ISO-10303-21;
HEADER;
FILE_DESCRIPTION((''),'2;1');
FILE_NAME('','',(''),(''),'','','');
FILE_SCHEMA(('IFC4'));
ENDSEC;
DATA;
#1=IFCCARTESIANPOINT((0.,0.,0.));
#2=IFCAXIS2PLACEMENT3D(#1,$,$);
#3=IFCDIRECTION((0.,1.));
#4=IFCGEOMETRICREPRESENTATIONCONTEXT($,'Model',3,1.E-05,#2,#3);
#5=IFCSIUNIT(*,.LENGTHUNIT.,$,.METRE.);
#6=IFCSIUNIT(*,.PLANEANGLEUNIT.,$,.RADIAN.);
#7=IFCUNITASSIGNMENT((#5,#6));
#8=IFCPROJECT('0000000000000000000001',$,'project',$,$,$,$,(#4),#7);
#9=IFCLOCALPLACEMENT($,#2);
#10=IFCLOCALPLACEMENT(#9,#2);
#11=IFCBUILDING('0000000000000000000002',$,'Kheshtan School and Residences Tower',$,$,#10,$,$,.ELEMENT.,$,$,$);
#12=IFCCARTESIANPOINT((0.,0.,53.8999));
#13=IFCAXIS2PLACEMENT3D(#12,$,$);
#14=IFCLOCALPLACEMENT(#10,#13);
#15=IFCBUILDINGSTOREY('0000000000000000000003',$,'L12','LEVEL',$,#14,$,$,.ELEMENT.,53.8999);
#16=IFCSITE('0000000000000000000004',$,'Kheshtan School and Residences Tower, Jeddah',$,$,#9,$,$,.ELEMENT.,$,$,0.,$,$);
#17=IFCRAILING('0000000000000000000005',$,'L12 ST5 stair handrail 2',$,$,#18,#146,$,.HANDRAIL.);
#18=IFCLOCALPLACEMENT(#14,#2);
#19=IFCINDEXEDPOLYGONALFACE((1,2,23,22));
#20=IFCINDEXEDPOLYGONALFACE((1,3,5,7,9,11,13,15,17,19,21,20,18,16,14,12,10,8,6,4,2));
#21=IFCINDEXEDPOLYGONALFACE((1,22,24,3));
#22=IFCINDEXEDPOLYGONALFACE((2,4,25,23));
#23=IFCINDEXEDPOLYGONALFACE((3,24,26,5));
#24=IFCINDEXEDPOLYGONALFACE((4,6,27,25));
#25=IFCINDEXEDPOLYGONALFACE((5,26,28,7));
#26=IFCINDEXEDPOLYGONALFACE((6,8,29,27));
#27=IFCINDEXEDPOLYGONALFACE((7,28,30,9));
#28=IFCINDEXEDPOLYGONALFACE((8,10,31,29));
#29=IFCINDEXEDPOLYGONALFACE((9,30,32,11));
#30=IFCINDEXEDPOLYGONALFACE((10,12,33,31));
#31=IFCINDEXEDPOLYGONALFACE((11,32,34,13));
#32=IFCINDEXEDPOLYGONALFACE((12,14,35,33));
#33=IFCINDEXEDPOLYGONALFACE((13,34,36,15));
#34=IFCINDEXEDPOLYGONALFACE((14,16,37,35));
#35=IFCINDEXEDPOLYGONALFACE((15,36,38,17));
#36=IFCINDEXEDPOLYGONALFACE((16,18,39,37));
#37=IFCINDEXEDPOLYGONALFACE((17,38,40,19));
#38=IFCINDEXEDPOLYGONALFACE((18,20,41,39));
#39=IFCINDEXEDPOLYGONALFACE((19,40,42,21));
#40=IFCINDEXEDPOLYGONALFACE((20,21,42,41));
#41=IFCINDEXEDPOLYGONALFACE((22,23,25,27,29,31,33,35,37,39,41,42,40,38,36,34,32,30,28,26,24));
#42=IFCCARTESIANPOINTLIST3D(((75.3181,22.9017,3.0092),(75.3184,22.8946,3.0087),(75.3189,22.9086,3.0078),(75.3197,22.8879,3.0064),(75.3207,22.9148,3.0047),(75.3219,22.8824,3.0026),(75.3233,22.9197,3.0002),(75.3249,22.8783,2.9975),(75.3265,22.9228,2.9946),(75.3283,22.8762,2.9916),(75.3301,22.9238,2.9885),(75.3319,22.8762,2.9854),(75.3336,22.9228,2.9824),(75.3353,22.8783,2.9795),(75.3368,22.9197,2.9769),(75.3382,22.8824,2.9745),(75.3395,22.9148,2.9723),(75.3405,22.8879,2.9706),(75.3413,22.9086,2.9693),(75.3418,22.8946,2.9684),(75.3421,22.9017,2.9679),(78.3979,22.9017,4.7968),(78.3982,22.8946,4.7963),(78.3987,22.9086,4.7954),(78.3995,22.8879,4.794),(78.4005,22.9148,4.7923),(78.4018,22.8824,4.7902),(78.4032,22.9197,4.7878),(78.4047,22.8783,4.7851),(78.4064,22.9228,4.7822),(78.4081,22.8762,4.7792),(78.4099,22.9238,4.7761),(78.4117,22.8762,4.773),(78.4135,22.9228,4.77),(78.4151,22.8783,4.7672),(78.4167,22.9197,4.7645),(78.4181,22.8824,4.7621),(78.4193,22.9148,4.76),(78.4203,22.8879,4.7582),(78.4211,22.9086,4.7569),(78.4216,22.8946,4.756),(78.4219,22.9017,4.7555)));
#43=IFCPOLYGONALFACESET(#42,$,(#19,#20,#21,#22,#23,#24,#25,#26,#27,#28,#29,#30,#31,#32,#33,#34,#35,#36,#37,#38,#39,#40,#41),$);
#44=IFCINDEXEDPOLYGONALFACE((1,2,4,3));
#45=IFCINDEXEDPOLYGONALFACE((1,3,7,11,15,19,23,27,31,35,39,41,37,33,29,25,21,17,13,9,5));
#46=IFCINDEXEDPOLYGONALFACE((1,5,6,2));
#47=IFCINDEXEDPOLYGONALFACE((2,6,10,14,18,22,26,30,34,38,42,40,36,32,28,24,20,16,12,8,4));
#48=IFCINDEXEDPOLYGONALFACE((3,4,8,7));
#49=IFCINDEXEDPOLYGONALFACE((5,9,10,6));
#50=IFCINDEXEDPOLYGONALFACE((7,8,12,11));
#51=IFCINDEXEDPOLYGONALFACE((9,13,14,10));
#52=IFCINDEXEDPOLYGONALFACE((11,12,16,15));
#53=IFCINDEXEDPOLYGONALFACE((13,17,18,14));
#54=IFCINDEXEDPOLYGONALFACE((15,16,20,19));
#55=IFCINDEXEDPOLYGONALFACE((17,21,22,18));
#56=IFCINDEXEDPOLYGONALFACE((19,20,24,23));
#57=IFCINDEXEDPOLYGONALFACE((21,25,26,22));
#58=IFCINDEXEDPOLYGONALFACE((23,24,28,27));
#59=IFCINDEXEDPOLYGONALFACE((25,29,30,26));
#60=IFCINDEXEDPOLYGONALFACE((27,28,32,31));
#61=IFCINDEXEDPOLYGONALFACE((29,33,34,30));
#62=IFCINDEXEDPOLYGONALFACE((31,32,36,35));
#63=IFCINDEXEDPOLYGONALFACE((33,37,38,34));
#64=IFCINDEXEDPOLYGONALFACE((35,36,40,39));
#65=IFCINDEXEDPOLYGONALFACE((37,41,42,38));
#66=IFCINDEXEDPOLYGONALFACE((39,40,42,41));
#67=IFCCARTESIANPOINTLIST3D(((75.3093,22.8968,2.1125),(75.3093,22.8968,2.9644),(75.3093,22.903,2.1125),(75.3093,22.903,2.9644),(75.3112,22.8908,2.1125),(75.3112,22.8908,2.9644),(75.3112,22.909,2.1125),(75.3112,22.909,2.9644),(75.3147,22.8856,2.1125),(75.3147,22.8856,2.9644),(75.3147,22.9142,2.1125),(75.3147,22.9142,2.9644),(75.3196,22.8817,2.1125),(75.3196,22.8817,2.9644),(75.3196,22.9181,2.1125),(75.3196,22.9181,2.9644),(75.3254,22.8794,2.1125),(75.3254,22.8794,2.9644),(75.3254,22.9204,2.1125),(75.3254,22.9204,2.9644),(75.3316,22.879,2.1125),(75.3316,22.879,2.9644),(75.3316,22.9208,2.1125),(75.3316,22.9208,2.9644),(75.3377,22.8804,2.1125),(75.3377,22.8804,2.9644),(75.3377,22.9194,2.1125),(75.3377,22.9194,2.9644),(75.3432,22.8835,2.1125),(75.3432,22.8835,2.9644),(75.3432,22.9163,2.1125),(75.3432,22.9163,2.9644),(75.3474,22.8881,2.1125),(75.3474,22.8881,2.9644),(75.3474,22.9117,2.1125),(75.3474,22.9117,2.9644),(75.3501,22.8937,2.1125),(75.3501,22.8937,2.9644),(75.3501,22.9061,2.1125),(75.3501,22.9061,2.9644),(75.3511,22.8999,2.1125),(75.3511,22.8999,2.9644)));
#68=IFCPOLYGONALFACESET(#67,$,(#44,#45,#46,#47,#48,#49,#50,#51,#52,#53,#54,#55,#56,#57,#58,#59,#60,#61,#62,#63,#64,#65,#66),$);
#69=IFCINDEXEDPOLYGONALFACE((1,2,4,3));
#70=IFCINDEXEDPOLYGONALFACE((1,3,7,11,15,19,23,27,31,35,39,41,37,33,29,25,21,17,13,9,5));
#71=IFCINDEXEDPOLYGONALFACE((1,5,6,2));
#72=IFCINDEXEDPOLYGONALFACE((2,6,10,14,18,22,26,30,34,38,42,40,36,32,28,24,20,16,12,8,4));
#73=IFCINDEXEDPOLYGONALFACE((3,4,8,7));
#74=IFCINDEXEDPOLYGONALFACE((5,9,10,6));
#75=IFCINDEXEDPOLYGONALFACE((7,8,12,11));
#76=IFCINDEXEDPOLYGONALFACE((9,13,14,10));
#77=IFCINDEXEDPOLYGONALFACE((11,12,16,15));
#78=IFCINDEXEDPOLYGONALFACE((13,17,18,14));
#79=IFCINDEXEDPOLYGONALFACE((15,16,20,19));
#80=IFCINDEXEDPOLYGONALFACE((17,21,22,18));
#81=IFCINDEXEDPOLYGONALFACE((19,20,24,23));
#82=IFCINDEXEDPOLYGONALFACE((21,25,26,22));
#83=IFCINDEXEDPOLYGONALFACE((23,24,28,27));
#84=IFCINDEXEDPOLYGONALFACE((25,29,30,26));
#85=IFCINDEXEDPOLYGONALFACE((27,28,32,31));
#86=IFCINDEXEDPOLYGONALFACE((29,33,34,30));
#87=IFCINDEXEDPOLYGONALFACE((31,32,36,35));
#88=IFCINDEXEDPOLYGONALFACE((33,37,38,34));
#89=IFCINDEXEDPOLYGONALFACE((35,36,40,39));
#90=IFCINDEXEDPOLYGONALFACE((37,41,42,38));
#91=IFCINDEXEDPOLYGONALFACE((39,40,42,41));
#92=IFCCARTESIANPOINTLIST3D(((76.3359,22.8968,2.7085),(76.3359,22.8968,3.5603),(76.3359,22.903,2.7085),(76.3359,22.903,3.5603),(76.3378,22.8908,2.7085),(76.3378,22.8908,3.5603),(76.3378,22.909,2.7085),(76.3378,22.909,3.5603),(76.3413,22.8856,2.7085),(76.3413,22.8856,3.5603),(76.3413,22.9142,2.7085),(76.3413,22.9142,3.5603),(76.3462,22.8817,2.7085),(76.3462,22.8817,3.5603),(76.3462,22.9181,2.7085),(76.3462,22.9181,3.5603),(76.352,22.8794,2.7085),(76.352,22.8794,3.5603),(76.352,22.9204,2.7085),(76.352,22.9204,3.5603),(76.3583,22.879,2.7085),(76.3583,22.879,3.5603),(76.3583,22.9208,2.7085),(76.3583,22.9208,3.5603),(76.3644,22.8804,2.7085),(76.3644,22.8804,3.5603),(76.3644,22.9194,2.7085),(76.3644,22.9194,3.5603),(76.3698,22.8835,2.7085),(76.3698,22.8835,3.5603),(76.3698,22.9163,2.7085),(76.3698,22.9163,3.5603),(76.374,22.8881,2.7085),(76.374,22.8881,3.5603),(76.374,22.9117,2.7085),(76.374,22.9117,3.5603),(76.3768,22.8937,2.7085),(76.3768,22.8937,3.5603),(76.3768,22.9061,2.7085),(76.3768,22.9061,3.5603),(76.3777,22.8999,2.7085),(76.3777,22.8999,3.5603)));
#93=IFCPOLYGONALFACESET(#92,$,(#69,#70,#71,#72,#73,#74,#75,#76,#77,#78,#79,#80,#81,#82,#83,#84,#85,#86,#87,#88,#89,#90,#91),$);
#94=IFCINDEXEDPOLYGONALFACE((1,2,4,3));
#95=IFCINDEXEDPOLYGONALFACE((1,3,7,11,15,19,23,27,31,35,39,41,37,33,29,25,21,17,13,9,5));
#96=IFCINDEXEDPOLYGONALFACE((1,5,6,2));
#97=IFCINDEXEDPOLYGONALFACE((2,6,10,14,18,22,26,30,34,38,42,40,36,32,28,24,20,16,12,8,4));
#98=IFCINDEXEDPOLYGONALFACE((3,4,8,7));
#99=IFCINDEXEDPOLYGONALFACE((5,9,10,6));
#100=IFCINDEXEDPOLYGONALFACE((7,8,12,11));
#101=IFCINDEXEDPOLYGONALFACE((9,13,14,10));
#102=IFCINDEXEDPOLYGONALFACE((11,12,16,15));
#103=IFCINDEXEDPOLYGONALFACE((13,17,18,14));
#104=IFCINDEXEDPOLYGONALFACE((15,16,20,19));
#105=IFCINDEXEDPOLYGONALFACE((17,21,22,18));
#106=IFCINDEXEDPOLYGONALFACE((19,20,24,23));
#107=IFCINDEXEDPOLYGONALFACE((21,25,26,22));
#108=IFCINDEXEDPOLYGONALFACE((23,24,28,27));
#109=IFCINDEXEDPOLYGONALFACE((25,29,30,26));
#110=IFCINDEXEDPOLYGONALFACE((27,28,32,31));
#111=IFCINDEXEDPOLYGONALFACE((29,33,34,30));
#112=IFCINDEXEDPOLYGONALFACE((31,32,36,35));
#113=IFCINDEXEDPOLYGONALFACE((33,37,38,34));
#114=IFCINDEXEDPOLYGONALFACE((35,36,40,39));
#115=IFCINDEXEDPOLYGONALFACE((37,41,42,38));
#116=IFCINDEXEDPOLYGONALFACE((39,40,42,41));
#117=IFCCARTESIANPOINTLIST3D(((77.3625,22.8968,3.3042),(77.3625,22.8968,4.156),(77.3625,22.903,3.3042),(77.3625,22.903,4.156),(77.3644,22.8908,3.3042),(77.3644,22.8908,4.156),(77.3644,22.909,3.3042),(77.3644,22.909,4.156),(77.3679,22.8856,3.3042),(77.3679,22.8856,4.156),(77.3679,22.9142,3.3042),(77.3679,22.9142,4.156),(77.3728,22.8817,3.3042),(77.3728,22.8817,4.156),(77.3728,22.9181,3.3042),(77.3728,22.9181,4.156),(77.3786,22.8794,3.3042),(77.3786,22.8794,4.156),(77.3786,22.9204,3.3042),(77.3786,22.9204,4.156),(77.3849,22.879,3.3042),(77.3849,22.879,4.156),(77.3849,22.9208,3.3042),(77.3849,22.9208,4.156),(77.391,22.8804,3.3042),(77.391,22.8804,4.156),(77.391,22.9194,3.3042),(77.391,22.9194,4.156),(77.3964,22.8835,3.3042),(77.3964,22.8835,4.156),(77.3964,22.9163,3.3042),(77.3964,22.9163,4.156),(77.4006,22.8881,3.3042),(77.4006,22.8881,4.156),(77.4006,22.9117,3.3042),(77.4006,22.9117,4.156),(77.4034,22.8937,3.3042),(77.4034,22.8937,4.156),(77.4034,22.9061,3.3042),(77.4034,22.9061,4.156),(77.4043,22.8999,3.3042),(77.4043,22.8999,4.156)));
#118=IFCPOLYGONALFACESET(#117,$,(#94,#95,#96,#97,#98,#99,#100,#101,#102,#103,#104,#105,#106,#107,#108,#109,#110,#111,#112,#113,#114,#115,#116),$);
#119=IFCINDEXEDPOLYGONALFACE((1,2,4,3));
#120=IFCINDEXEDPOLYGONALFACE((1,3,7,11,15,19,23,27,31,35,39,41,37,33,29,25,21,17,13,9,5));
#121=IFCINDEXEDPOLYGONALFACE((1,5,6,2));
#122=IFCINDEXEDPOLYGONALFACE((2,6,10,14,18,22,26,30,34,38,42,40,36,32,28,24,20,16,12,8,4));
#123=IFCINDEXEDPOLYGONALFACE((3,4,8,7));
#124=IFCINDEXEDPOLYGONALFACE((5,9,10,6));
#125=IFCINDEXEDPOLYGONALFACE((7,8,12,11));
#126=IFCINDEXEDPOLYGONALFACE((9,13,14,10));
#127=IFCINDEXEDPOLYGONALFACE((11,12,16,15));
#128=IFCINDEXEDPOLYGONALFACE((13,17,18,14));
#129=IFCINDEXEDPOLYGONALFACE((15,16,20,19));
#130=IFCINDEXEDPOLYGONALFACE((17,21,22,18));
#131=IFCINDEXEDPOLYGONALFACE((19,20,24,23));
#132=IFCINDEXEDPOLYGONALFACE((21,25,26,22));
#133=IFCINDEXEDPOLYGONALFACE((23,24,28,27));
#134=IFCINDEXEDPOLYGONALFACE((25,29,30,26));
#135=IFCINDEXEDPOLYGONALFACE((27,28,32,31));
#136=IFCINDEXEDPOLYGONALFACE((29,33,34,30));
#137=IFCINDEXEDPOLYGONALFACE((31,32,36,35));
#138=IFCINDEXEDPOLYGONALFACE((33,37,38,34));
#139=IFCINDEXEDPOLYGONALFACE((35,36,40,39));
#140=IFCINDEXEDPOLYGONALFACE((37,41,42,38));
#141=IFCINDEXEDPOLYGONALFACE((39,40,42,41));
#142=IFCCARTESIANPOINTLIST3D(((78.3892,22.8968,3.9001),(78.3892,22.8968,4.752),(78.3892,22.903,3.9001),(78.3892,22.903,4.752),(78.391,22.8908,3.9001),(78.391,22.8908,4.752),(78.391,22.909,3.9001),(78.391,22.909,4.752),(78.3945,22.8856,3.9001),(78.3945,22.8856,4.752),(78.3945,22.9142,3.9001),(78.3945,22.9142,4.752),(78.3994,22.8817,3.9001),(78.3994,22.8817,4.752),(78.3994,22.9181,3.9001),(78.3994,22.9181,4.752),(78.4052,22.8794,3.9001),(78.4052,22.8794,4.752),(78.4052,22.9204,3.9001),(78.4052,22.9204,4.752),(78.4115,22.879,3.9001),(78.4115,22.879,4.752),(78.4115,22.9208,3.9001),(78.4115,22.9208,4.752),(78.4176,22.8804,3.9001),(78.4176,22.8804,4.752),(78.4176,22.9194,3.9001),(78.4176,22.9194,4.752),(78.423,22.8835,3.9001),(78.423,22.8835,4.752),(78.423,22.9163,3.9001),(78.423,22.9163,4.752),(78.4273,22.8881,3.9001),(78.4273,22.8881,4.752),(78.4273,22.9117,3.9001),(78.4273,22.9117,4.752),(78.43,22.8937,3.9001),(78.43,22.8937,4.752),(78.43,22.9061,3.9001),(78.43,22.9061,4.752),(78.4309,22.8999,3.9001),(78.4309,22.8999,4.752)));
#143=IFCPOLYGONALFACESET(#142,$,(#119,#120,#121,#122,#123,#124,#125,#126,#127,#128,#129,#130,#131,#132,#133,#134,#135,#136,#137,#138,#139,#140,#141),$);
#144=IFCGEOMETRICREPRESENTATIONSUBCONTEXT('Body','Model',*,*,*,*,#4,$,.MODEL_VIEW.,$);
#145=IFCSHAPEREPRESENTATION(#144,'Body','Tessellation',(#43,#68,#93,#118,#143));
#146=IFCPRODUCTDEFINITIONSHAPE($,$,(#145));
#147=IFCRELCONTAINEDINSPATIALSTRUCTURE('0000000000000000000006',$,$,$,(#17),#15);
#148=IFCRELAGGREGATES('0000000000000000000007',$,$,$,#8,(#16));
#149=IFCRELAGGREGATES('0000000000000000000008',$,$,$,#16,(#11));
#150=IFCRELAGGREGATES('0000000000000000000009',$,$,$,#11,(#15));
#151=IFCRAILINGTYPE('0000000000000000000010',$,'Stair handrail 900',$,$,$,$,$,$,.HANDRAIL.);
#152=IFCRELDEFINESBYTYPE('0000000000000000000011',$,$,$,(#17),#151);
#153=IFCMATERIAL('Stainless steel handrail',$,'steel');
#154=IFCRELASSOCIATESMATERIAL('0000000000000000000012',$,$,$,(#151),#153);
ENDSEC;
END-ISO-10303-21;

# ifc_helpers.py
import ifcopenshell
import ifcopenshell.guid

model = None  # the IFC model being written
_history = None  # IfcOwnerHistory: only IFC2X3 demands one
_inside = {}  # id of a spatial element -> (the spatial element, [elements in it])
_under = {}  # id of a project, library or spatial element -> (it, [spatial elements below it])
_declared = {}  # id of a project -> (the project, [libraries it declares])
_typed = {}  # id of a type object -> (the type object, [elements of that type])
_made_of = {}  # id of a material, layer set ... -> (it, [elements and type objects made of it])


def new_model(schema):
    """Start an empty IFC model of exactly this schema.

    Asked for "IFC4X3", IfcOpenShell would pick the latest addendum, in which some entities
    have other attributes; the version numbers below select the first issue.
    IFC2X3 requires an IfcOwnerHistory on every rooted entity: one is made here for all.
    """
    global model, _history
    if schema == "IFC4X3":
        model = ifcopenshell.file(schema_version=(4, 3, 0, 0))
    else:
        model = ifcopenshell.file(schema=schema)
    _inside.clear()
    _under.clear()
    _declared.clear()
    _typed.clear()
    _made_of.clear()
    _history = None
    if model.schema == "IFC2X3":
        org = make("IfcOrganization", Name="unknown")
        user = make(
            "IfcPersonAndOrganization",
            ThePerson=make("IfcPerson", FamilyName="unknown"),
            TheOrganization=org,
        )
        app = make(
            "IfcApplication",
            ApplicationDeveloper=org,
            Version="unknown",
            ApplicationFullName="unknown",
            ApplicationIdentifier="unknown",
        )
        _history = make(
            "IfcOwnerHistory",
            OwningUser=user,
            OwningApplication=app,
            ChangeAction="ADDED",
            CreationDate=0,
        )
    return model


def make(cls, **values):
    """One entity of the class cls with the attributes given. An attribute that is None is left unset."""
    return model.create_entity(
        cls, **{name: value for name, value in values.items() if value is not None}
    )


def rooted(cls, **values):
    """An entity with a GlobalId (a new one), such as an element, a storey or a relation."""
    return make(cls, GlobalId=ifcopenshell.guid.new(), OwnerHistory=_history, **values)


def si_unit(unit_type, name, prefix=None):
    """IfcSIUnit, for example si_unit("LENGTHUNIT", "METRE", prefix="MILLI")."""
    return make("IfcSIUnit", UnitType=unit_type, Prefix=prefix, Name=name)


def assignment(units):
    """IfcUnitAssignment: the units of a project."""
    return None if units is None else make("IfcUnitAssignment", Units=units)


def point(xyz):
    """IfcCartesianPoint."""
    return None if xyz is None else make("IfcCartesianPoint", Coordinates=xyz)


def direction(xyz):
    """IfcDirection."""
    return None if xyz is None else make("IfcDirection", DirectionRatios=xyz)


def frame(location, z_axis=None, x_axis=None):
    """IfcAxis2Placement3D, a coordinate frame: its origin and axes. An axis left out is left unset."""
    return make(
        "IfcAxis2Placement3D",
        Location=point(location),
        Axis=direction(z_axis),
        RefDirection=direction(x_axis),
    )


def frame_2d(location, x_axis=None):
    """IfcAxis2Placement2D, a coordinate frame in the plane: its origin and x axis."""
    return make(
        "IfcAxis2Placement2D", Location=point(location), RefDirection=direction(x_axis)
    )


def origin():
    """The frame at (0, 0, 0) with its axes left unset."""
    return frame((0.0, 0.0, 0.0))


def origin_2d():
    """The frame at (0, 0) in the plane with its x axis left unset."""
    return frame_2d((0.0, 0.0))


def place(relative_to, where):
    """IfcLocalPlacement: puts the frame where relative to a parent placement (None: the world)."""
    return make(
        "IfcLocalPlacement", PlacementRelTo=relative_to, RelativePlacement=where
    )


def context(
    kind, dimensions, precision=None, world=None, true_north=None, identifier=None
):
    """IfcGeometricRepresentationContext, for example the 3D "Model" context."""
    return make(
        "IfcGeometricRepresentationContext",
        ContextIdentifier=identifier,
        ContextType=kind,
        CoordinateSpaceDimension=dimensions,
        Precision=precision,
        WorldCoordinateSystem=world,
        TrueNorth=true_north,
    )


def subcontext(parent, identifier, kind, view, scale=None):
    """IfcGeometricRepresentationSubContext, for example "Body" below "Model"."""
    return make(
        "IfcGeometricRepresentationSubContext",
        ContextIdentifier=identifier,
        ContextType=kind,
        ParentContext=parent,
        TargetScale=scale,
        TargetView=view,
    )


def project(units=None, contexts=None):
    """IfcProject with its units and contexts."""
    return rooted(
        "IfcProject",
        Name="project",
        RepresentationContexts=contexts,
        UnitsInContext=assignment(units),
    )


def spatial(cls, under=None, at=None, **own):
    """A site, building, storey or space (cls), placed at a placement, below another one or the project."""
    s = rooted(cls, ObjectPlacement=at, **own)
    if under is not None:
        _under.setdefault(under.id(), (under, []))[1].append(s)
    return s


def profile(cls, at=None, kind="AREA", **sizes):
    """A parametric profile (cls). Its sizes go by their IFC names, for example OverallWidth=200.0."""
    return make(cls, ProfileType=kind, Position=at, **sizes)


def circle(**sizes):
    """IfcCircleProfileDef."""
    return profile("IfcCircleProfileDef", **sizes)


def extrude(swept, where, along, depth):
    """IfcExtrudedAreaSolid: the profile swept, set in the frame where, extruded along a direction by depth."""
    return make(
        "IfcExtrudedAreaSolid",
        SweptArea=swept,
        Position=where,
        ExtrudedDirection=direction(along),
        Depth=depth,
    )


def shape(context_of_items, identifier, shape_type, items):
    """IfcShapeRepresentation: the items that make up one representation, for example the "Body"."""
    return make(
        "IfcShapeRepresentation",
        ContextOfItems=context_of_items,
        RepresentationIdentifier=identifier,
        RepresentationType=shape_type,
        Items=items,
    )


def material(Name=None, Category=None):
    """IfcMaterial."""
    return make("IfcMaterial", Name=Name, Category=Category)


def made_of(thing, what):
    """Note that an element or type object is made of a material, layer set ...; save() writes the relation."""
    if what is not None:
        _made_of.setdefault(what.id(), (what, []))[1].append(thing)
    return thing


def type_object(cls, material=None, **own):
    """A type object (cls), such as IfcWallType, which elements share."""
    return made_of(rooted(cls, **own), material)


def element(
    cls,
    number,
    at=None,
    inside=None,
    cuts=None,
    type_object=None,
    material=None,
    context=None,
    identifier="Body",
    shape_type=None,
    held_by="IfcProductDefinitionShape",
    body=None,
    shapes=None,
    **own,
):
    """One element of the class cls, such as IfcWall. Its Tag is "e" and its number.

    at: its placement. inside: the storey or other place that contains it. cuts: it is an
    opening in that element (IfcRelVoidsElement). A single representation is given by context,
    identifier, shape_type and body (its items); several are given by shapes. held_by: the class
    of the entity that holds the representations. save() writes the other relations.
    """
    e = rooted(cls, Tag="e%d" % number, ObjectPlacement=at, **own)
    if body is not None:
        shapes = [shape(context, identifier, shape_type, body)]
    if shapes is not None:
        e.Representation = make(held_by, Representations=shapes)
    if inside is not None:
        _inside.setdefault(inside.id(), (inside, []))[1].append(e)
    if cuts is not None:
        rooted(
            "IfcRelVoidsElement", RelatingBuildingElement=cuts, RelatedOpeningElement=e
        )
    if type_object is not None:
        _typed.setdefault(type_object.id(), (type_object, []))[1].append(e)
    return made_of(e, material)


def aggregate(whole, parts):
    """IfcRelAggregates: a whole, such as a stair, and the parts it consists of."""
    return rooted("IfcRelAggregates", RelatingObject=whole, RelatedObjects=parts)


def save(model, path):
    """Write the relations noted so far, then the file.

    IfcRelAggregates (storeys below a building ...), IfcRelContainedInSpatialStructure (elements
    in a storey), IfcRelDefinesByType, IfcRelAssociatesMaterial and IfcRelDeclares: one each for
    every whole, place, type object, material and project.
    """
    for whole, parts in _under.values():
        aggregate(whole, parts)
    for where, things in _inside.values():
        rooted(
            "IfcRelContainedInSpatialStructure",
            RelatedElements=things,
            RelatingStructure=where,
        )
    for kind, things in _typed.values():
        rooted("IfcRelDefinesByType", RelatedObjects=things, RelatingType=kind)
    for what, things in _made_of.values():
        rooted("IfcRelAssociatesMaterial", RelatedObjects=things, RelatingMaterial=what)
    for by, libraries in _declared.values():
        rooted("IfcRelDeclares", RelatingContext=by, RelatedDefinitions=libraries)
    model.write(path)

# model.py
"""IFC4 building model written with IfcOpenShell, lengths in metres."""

from ifc_helpers import new_model, si_unit, direction, frame, origin, origin_2d, place, context, subcontext, project, spatial, circle, extrude, material, type_object, element, save


model = new_model("IFC4")

# Units and contexts
model_context = context("Model", 3, precision=1e-05, world=origin(), true_north=direction((0.0, 1.0)))
body_context = subcontext(model_context, "Body", "Model", "MODEL_VIEW")
ifc_project = project(units=[si_unit("LENGTHUNIT", "METRE"), si_unit("PLANEANGLEUNIT", "RADIAN")], contexts=[model_context])

# Site, building, storey
site_placement = place(None, origin())
site = spatial("IfcSite", under=ifc_project, at=site_placement, Name="Kheshtan School and Residences Tower, Jeddah", CompositionType="ELEMENT", RefElevation=0.0)
building_placement = place(site_placement, origin())
building = spatial("IfcBuilding", under=site, at=building_placement, Name="Kheshtan School and Residences Tower", CompositionType="ELEMENT")
storey_placement = place(building_placement, frame((0.0, 0.0, 53.8999)))
storey = spatial("IfcBuildingStorey", under=building, at=storey_placement, Name="L12", Description="LEVEL", CompositionType="ELEMENT", Elevation=53.8999)

# Railing
ifc_material_1 = material(Name="Stainless steel handrail", Category="steel")
railing_type_1 = type_object("IfcRailingType", Name="Stair handrail 900", PredefinedType="HANDRAIL", material=ifc_material_1)
railing_1_placement = place(storey_placement, frame((75.3301, 22.8999, 2.1125)))
element("IfcRailing", 1, at=railing_1_placement, inside=storey, type_object=railing_type_1, Name="L12 ST5 stair handrail 2", PredefinedType="HANDRAIL", context=body_context, shape_type="SweptSolid", body=[
    extrude(circle(Radius=0.0239, at=origin_2d()), frame((0.0, 0.0, 0.876), z_axis=(0.864873, 0.0, 0.50199), x_axis=(0.0, 1.0, 0.0)), (0.0, 0.0, 1.0), 3.561),
    extrude(circle(Radius=0.021, at=origin_2d()), origin(), (0.0, 0.0, 1.0), 0.8518),
    extrude(circle(Radius=0.021, at=origin_2d()), frame((1.0266, 0.0, 0.5959)), (0.0, 0.0, 1.0), 0.8518),
    extrude(circle(Radius=0.021, at=origin_2d()), frame((2.0532, 0.0, 1.1917)), (0.0, 0.0, 1.0), 0.8518),
    extrude(circle(Radius=0.021, at=origin_2d()), frame((3.0798, 0.0, 1.7876)), (0.0, 0.0, 1.0), 0.8518),
])

save(model, "model.ifc")
